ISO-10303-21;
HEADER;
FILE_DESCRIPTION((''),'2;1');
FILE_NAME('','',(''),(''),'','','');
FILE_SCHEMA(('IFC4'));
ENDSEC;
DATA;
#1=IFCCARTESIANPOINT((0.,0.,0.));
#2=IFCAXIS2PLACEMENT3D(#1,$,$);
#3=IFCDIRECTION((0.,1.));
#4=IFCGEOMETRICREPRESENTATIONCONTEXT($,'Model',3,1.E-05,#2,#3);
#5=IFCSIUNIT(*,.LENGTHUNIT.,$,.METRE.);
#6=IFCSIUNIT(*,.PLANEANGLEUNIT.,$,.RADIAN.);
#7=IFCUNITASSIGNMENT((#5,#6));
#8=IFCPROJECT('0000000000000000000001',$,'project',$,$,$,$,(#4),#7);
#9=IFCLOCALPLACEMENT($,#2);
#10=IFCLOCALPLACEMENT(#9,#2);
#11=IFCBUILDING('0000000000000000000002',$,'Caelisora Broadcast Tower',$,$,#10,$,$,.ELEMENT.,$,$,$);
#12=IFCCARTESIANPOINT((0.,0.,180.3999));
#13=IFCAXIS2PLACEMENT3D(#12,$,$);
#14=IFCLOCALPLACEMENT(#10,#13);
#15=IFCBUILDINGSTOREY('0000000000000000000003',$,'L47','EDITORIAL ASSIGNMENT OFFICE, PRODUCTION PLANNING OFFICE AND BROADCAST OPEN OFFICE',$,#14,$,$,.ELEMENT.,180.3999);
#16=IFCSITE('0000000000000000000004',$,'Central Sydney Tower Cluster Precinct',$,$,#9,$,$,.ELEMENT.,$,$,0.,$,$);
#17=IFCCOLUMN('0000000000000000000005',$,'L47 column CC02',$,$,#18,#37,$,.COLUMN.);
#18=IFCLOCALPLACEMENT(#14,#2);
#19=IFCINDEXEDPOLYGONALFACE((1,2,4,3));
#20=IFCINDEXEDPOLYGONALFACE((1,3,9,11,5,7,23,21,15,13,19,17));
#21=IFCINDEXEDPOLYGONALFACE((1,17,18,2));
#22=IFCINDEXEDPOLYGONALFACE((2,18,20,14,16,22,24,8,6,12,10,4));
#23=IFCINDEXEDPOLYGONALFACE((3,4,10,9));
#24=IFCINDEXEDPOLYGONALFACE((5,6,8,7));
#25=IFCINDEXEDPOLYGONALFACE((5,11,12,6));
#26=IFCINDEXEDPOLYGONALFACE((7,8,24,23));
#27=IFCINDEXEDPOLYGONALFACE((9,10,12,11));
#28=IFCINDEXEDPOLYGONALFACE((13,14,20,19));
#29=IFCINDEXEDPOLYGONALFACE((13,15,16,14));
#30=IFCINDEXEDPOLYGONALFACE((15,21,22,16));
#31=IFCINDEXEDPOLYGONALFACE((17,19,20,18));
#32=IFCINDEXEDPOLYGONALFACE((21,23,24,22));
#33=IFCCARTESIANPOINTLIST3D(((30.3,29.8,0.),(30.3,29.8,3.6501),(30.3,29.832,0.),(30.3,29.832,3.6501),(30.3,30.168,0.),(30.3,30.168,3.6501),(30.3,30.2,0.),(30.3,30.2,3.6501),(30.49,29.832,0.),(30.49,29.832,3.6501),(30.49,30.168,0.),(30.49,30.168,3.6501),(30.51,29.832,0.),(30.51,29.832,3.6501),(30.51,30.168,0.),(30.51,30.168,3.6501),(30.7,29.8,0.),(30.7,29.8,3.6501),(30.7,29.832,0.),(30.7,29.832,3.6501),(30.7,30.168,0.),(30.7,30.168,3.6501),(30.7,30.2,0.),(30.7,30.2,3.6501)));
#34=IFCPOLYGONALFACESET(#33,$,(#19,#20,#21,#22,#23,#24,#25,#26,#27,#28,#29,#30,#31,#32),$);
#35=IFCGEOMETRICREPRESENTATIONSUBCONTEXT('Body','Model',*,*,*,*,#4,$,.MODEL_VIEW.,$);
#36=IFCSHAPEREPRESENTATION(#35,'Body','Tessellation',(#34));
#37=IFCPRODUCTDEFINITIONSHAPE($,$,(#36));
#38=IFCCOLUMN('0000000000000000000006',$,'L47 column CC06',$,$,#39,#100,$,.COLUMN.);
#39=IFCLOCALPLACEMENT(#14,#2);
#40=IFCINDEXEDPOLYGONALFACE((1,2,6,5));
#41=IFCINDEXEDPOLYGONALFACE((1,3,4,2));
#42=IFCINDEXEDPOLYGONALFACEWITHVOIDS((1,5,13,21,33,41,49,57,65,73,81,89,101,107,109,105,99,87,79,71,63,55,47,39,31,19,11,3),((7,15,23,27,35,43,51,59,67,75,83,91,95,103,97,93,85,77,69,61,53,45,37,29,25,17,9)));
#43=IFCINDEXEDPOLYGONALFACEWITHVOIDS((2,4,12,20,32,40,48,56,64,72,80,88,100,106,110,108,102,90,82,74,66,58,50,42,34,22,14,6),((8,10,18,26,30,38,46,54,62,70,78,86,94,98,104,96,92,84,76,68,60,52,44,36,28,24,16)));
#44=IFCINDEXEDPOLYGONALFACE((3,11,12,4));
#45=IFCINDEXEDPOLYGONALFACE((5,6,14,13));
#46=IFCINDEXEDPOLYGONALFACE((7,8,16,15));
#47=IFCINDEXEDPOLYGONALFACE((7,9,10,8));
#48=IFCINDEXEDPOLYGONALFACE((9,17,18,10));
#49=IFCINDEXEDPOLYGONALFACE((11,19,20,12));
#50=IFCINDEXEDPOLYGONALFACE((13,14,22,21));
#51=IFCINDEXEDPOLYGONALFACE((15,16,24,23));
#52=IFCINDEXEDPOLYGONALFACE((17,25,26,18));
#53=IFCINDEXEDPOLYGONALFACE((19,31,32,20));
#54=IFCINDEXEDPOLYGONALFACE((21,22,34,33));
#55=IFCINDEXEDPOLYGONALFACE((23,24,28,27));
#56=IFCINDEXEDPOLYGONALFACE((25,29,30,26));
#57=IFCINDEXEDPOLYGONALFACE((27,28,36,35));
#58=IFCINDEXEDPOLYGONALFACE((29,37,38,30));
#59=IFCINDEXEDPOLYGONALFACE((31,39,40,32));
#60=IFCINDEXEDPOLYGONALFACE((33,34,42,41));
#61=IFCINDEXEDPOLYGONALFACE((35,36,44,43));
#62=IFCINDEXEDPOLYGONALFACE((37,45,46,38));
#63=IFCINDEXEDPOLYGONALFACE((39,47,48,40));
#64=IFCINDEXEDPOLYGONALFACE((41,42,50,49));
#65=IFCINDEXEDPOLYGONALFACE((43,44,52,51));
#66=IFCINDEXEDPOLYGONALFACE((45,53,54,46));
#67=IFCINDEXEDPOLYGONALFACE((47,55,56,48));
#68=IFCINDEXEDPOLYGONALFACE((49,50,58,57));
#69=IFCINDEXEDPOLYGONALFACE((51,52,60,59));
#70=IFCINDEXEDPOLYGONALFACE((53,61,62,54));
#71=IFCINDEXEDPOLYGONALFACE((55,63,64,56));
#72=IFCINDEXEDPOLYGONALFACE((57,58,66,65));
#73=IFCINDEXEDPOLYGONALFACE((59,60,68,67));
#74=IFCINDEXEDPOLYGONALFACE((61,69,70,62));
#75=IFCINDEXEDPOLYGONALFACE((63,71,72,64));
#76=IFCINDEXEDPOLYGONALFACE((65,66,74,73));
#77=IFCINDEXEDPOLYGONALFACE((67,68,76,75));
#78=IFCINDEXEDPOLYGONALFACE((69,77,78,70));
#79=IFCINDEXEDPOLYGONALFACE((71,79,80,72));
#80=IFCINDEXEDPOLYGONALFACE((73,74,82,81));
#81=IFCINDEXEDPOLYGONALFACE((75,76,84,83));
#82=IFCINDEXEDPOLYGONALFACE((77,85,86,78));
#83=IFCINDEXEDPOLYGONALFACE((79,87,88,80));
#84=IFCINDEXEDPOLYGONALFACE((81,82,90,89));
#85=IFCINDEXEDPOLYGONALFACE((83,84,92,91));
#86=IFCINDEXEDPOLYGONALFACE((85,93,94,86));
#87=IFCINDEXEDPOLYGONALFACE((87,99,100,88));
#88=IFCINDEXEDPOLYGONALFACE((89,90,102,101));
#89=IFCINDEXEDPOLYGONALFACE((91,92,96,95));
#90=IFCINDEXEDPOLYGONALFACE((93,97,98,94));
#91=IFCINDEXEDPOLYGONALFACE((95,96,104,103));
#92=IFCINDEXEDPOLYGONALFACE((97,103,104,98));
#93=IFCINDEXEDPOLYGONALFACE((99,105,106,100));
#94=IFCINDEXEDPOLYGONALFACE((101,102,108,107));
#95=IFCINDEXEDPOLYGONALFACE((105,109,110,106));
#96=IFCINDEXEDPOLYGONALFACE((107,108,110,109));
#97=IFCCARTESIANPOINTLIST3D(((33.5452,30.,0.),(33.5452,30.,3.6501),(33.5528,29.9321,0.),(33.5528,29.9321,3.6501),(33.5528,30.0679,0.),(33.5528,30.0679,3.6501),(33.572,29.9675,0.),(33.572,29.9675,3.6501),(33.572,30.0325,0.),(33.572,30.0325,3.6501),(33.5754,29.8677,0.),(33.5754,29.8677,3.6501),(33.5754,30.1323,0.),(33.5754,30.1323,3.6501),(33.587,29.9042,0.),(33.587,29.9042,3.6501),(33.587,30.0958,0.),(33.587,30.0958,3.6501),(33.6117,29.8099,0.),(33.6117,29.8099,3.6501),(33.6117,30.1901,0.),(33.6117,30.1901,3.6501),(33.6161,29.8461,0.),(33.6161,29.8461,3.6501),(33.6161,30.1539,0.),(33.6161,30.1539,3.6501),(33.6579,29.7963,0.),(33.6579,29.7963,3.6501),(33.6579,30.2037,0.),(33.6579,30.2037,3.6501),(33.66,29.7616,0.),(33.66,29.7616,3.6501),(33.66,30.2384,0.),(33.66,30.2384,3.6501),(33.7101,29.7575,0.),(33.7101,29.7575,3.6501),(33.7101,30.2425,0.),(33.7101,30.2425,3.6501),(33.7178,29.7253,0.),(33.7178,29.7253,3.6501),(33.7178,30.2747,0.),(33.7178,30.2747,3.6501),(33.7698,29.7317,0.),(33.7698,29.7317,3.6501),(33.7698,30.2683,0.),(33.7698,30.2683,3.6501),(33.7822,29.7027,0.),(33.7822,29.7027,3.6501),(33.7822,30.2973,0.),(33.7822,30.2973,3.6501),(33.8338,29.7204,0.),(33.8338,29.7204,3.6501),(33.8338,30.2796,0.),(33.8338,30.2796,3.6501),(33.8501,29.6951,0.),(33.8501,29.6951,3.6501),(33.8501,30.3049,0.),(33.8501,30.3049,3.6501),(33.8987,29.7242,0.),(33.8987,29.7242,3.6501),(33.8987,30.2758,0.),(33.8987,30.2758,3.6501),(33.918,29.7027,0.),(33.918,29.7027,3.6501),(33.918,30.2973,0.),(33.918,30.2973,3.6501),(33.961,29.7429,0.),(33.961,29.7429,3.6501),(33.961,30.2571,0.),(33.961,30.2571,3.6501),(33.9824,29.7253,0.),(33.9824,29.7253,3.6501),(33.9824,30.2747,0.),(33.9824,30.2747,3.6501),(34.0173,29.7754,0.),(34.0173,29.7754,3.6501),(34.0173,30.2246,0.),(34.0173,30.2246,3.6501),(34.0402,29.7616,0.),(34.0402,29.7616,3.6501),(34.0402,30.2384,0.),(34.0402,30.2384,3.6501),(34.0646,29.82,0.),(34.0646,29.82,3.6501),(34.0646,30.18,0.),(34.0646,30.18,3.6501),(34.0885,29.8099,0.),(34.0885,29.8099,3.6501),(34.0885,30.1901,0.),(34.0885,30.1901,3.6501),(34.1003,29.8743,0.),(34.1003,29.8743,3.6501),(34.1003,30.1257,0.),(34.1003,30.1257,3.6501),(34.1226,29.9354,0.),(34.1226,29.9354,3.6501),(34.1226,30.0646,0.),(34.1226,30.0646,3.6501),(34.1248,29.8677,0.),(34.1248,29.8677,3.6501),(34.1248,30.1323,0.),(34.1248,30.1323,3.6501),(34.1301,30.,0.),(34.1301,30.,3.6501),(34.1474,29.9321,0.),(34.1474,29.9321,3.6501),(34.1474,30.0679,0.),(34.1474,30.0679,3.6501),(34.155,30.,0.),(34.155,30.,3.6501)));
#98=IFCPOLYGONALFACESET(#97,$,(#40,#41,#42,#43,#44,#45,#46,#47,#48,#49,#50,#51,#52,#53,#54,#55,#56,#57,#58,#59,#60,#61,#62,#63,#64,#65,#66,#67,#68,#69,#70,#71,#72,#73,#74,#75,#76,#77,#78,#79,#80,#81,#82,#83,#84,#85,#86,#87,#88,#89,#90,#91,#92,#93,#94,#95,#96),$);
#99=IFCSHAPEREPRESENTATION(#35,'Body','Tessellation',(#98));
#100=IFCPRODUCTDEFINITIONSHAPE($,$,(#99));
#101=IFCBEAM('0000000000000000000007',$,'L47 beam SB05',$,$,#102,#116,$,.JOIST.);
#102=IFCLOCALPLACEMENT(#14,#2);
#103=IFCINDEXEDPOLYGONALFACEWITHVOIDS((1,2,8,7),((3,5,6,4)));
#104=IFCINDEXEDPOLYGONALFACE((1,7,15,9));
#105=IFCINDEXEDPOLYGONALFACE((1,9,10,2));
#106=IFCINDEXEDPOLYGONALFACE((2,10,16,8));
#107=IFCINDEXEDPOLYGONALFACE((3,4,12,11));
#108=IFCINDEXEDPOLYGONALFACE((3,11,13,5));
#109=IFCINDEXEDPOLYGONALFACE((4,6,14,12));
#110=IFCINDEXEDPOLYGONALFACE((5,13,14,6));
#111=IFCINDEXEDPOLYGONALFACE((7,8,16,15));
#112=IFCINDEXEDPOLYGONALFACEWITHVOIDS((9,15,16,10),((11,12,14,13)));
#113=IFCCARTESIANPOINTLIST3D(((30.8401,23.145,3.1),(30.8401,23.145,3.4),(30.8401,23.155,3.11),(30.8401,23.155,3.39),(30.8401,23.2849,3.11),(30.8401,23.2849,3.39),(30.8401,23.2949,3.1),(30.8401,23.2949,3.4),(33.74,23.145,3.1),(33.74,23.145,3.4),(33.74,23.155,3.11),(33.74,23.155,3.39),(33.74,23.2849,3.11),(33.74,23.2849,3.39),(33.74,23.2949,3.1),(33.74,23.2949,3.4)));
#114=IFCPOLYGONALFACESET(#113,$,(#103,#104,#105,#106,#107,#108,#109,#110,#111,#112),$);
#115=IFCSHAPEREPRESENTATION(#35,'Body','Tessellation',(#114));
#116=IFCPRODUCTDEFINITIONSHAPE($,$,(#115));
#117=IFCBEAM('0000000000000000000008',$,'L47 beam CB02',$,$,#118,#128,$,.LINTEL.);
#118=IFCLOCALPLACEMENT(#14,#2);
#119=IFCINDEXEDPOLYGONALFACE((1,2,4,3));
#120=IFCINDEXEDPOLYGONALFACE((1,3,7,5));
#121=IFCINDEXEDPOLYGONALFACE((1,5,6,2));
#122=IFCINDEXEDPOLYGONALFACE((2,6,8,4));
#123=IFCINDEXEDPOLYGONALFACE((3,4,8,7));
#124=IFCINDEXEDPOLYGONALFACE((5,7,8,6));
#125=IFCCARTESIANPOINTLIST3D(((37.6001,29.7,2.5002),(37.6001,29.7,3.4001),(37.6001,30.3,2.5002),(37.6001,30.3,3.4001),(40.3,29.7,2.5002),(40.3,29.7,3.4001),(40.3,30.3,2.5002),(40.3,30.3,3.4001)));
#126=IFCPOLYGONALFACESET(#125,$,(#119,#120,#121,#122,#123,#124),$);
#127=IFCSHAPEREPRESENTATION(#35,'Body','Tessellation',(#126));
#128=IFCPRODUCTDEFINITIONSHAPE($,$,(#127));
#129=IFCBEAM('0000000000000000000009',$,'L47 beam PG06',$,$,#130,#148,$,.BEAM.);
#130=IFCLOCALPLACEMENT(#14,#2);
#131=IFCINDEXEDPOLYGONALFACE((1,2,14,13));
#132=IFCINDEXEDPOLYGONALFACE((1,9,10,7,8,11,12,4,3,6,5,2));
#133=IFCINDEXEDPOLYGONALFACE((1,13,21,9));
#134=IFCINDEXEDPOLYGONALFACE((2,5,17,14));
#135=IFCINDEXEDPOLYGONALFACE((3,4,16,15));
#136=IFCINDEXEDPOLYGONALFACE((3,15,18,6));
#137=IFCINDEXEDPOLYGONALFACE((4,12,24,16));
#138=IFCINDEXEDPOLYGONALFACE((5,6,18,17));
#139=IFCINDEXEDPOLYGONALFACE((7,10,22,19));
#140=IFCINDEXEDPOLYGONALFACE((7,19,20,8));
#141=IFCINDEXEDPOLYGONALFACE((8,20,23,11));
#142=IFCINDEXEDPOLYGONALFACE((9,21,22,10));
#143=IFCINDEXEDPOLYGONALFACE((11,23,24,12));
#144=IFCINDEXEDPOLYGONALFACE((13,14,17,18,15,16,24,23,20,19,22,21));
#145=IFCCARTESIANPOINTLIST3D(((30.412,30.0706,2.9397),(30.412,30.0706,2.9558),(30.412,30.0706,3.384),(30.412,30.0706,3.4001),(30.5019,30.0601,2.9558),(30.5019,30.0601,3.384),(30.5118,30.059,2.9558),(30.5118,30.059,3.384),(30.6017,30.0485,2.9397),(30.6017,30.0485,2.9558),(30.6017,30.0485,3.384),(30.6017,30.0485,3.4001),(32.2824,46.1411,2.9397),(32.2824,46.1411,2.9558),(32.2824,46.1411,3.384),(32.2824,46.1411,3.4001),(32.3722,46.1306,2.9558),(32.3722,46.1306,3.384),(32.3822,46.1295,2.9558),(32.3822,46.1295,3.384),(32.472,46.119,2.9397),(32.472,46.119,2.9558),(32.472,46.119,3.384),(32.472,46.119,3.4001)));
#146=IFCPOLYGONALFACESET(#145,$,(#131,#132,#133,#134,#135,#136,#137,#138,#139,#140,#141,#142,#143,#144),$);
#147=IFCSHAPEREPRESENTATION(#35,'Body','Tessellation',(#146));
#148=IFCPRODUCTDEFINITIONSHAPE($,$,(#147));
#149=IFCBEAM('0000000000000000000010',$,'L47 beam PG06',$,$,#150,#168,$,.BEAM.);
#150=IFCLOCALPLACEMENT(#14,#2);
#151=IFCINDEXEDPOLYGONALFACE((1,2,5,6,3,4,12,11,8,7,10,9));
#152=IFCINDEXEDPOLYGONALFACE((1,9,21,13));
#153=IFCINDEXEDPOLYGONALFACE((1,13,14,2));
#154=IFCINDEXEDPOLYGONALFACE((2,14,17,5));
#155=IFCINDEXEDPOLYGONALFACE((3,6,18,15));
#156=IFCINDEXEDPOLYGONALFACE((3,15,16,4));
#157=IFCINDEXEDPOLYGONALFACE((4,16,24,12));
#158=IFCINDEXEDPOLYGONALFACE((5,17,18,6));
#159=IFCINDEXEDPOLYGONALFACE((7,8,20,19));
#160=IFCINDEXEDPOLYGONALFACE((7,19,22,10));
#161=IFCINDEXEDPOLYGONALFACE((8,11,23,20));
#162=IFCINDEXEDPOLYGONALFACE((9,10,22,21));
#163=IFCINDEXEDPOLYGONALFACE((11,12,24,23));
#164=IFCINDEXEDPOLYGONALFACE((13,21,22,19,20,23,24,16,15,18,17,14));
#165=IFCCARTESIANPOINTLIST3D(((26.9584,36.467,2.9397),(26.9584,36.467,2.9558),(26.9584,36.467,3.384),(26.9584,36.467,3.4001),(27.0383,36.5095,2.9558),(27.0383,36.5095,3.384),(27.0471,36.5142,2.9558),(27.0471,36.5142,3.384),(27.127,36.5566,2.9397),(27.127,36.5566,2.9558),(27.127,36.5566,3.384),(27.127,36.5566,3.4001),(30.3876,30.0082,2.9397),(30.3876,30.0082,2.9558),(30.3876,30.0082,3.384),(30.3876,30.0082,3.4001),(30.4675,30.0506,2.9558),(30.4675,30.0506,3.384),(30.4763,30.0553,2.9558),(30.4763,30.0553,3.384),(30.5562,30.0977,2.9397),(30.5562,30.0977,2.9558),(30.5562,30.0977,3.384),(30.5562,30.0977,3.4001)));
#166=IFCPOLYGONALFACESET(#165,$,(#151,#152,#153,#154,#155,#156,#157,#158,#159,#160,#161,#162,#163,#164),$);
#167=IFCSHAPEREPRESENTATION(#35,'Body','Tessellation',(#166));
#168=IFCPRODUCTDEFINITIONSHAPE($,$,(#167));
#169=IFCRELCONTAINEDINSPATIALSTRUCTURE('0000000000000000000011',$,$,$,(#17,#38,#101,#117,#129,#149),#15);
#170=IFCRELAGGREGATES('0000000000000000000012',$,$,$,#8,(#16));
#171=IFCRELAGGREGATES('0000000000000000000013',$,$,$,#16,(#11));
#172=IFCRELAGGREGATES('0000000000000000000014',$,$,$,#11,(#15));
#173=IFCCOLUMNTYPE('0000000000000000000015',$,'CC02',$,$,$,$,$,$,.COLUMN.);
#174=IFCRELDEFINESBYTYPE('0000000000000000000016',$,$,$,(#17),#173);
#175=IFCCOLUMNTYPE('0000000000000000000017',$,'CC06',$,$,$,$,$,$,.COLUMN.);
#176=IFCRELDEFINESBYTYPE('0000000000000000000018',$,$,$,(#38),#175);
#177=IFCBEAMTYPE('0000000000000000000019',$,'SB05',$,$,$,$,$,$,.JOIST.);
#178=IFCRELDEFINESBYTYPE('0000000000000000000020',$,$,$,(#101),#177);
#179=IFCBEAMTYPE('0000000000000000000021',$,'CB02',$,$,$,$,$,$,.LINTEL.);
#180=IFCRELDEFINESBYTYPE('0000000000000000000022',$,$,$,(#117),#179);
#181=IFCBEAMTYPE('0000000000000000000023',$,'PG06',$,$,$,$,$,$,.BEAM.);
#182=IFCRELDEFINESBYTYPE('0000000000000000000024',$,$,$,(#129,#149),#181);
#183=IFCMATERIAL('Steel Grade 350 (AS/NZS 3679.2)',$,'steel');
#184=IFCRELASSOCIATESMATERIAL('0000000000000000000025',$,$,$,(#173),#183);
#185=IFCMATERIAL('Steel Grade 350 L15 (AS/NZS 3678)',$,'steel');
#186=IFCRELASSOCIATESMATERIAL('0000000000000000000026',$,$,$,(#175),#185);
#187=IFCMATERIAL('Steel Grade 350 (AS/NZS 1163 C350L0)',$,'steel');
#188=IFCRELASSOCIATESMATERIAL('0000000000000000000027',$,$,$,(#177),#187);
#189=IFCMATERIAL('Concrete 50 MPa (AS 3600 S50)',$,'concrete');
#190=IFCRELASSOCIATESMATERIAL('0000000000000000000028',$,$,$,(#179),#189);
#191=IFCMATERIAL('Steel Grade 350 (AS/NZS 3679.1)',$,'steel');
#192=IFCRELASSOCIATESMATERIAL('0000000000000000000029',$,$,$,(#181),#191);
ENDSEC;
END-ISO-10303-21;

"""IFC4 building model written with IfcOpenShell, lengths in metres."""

from ifc_helpers import new_model, si_unit, direction, frame, origin, origin_2d, place, context, subcontext, project, spatial, rectangle, hollow_rectangle, hollow_circle, i_section, extrude, source, transform, mapped, material, material_profile, profile_set, type_object, type_shapes, element, save


model = new_model("IFC4")

# Units and contexts
model_context = context("Model", 3, precision=1e-05, world=origin(), true_north=direction((0.0, 1.0)))
body_context = subcontext(model_context, "Body", "Model", "MODEL_VIEW")
ifc_project = project(units=[si_unit("LENGTHUNIT", "METRE"), si_unit("PLANEANGLEUNIT", "RADIAN")], contexts=[model_context])

# Site, building, storey
site_placement = place(None, origin())
site = spatial("IfcSite", under=ifc_project, at=site_placement, Name="Central Sydney Tower Cluster Precinct", CompositionType="ELEMENT", RefElevation=0.0)
building_placement = place(site_placement, origin())
building = spatial("IfcBuilding", under=site, at=building_placement, Name="Caelisora Broadcast Tower", CompositionType="ELEMENT")
storey_placement = place(building_placement, frame((0.0, 0.0, 180.3999)))
storey = spatial("IfcBuildingStorey", under=building, at=storey_placement, Name="L47", Description="EDITORIAL ASSIGNMENT OFFICE, PRODUCTION PLANNING OFFICE AND BROADCAST OPEN OFFICE", CompositionType="ELEMENT", Elevation=180.3999)

# Columns
ifc_material_1 = material(Name="Steel Grade 350 (AS/NZS 3679.2)", Category="steel")
ifc_material_profile_1 = material_profile(ifc_material_1, i_section(OverallWidth=0.3999, OverallDepth=0.3999, WebThickness=0.02, FlangeThickness=0.032, at=origin_2d()), Name="Steel Grade 350 (AS/NZS 3679.2)")
ifc_profile_set_1 = profile_set([ifc_material_profile_1], Name="Steel Grade 350 (AS/NZS 3679.2)")
column_type_1 = type_object("IfcColumnType", Name="CC02", PredefinedType="COLUMN", material=ifc_profile_set_1)
shared_shape_1 = source(origin(), body_context, "Body", "SweptSolid", [
    extrude(i_section(OverallWidth=0.3999, OverallDepth=0.3999, WebThickness=0.02, FlangeThickness=0.032, at=origin_2d()), origin(), (0.0, 0.0, 1.0), 3.6501),
])
type_shapes(column_type_1, [shared_shape_1])
column_1_placement = place(storey_placement, frame((30.5, 30.0, 0.0), z_axis=(0.0, 0.0, 1.0), x_axis=(1.0, 0.0, 0.0)))
element("IfcColumn", 1, at=column_1_placement, inside=storey, type_object=column_type_1, Name="L47 column CC02", PredefinedType="COLUMN", context=body_context, shape_type="MappedRepresentation", body=[
    mapped(shared_shape_1, transform((0.0, 0.0, 0.0), scale=1.0)),
])
ifc_material_2 = material(Name="Steel Grade 350 L15 (AS/NZS 3678)", Category="steel")
ifc_material_profile_2 = material_profile(ifc_material_2, hollow_circle(Radius=0.3049, WallThickness=0.0249, at=origin_2d()), Name="Steel Grade 350 L15 (AS/NZS 3678)")
ifc_profile_set_2 = profile_set([ifc_material_profile_2], Name="Steel Grade 350 L15 (AS/NZS 3678)")
column_type_2 = type_object("IfcColumnType", Name="CC06", PredefinedType="COLUMN", material=ifc_profile_set_2)
shared_shape_2 = source(origin(), body_context, "Body", "SweptSolid", [
    extrude(hollow_circle(Radius=0.3049, WallThickness=0.0249, at=origin_2d()), origin(), (0.0, 0.0, 1.0), 3.6501),
])
type_shapes(column_type_2, [shared_shape_2])
column_2_placement = place(storey_placement, frame((33.8501, 30.0, 0.0), z_axis=(0.0, 0.0, 1.0), x_axis=(1.0, 0.0, 0.0)))
element("IfcColumn", 2, at=column_2_placement, inside=storey, type_object=column_type_2, Name="L47 column CC06", PredefinedType="COLUMN", context=body_context, shape_type="MappedRepresentation", body=[
    mapped(shared_shape_2, transform((0.0, 0.0, 0.0), scale=1.0)),
])

# Beams
ifc_material_3 = material(Name="Steel Grade 350 (AS/NZS 1163 C350L0)", Category="steel")
ifc_material_profile_3 = material_profile(ifc_material_3, hollow_rectangle(XDim=0.1499, YDim=0.3, WallThickness=0.01, at=origin_2d()), Name="Steel Grade 350 (AS/NZS 1163 C350L0)")
ifc_profile_set_3 = profile_set([ifc_material_profile_3], Name="Steel Grade 350 (AS/NZS 1163 C350L0)")
beam_type_1 = type_object("IfcBeamType", Name="SB05", PredefinedType="JOIST", material=ifc_profile_set_3)
shared_shape_3 = source(origin(), body_context, "Body", "SweptSolid", [
    extrude(hollow_rectangle(XDim=0.1499, YDim=0.3, WallThickness=0.01, at=origin_2d()), origin(), (0.0, 0.0, 1.0), 2.8999),
])
type_shapes(beam_type_1, [shared_shape_3])
beam_1_placement = place(storey_placement, frame((30.8401, 23.22, 3.25), z_axis=(1.0, 0.0, 0.0), x_axis=(0.0, 1.0, 0.0)))
element("IfcBeam", 3, at=beam_1_placement, inside=storey, type_object=beam_type_1, Name="L47 beam SB05", PredefinedType="JOIST", context=body_context, shape_type="MappedRepresentation", body=[
    mapped(shared_shape_3, transform((0.0, 0.0, 0.0), scale=1.0)),
])
ifc_material_4 = material(Name="Concrete 50 MPa (AS 3600 S50)", Category="concrete")
ifc_material_profile_4 = material_profile(ifc_material_4, rectangle(XDim=0.6001, YDim=0.8999, at=origin_2d()), Name="Concrete 50 MPa (AS 3600 S50)")
ifc_profile_set_4 = profile_set([ifc_material_profile_4], Name="Concrete 50 MPa (AS 3600 S50)")
beam_type_2 = type_object("IfcBeamType", Name="CB02", PredefinedType="LINTEL", material=ifc_profile_set_4)
shared_shape_4 = source(origin(), body_context, "Body", "SweptSolid", [
    extrude(rectangle(XDim=0.6001, YDim=0.8999, at=origin_2d()), origin(), (0.0, 0.0, 1.0), 2.7),
])
type_shapes(beam_type_2, [shared_shape_4])
beam_2_placement = place(storey_placement, frame((37.6001, 30.0, 2.9502), z_axis=(1.0, 0.0, 0.0), x_axis=(0.0, 1.0, 0.0)))
element("IfcBeam", 4, at=beam_2_placement, inside=storey, type_object=beam_type_2, Name="L47 beam CB02", PredefinedType="LINTEL", context=body_context, shape_type="MappedRepresentation", body=[
    mapped(shared_shape_4, transform((0.0, 0.0, 0.0), scale=1.0)),
])
ifc_material_5 = material(Name="Steel Grade 350 (AS/NZS 3679.1)", Category="steel")
ifc_material_profile_5 = material_profile(ifc_material_5, i_section(OverallWidth=0.1909, OverallDepth=0.4604, WebThickness=0.01, FlangeThickness=0.0161, at=origin_2d()), Name="Steel Grade 350 (AS/NZS 3679.1)")
ifc_profile_set_5 = profile_set([ifc_material_profile_5], Name="Steel Grade 350 (AS/NZS 3679.1)")
beam_type_3 = type_object("IfcBeamType", Name="PG06", PredefinedType="BEAM", material=ifc_profile_set_5)
shared_shape_5 = source(origin(), body_context, "Body", "SweptSolid", [
    extrude(i_section(OverallWidth=0.1909, OverallDepth=0.4604, WebThickness=0.01, FlangeThickness=0.0161, at=origin_2d()), origin(), (0.0, 0.0, 1.0), 16.179),
])
beam_3_placement = place(storey_placement, frame((30.5068, 30.0596, 3.1699), z_axis=(0.115604, 0.993295, 0.0), x_axis=(-0.993295, 0.115604, 0.0)))
element("IfcBeam", 5, at=beam_3_placement, inside=storey, type_object=beam_type_3, Name="L47 beam PG06", PredefinedType="BEAM", context=body_context, shape_type="MappedRepresentation", body=[
    mapped(shared_shape_5, transform((0.0, 0.0, 0.0), scale=1.0)),
])
shared_shape_6 = source(origin(), body_context, "Body", "SweptSolid", [
    extrude(i_section(OverallWidth=0.1909, OverallDepth=0.4604, WebThickness=0.01, FlangeThickness=0.0161, at=origin_2d()), origin(), (0.0, 0.0, 1.0), 7.3127),
])
beam_4_placement = place(storey_placement, frame((30.4719, 30.053, 3.1699), z_axis=(-0.468941, 0.883229, 0.0), x_axis=(-0.883229, -0.468941, 0.0)))
element("IfcBeam", 6, at=beam_4_placement, inside=storey, type_object=beam_type_3, Name="L47 beam PG06", PredefinedType="BEAM", context=body_context, shape_type="MappedRepresentation", body=[
    mapped(shared_shape_6, transform((0.0, 0.0, 0.0), scale=1.0)),
])

save(model, "model.ifc")
